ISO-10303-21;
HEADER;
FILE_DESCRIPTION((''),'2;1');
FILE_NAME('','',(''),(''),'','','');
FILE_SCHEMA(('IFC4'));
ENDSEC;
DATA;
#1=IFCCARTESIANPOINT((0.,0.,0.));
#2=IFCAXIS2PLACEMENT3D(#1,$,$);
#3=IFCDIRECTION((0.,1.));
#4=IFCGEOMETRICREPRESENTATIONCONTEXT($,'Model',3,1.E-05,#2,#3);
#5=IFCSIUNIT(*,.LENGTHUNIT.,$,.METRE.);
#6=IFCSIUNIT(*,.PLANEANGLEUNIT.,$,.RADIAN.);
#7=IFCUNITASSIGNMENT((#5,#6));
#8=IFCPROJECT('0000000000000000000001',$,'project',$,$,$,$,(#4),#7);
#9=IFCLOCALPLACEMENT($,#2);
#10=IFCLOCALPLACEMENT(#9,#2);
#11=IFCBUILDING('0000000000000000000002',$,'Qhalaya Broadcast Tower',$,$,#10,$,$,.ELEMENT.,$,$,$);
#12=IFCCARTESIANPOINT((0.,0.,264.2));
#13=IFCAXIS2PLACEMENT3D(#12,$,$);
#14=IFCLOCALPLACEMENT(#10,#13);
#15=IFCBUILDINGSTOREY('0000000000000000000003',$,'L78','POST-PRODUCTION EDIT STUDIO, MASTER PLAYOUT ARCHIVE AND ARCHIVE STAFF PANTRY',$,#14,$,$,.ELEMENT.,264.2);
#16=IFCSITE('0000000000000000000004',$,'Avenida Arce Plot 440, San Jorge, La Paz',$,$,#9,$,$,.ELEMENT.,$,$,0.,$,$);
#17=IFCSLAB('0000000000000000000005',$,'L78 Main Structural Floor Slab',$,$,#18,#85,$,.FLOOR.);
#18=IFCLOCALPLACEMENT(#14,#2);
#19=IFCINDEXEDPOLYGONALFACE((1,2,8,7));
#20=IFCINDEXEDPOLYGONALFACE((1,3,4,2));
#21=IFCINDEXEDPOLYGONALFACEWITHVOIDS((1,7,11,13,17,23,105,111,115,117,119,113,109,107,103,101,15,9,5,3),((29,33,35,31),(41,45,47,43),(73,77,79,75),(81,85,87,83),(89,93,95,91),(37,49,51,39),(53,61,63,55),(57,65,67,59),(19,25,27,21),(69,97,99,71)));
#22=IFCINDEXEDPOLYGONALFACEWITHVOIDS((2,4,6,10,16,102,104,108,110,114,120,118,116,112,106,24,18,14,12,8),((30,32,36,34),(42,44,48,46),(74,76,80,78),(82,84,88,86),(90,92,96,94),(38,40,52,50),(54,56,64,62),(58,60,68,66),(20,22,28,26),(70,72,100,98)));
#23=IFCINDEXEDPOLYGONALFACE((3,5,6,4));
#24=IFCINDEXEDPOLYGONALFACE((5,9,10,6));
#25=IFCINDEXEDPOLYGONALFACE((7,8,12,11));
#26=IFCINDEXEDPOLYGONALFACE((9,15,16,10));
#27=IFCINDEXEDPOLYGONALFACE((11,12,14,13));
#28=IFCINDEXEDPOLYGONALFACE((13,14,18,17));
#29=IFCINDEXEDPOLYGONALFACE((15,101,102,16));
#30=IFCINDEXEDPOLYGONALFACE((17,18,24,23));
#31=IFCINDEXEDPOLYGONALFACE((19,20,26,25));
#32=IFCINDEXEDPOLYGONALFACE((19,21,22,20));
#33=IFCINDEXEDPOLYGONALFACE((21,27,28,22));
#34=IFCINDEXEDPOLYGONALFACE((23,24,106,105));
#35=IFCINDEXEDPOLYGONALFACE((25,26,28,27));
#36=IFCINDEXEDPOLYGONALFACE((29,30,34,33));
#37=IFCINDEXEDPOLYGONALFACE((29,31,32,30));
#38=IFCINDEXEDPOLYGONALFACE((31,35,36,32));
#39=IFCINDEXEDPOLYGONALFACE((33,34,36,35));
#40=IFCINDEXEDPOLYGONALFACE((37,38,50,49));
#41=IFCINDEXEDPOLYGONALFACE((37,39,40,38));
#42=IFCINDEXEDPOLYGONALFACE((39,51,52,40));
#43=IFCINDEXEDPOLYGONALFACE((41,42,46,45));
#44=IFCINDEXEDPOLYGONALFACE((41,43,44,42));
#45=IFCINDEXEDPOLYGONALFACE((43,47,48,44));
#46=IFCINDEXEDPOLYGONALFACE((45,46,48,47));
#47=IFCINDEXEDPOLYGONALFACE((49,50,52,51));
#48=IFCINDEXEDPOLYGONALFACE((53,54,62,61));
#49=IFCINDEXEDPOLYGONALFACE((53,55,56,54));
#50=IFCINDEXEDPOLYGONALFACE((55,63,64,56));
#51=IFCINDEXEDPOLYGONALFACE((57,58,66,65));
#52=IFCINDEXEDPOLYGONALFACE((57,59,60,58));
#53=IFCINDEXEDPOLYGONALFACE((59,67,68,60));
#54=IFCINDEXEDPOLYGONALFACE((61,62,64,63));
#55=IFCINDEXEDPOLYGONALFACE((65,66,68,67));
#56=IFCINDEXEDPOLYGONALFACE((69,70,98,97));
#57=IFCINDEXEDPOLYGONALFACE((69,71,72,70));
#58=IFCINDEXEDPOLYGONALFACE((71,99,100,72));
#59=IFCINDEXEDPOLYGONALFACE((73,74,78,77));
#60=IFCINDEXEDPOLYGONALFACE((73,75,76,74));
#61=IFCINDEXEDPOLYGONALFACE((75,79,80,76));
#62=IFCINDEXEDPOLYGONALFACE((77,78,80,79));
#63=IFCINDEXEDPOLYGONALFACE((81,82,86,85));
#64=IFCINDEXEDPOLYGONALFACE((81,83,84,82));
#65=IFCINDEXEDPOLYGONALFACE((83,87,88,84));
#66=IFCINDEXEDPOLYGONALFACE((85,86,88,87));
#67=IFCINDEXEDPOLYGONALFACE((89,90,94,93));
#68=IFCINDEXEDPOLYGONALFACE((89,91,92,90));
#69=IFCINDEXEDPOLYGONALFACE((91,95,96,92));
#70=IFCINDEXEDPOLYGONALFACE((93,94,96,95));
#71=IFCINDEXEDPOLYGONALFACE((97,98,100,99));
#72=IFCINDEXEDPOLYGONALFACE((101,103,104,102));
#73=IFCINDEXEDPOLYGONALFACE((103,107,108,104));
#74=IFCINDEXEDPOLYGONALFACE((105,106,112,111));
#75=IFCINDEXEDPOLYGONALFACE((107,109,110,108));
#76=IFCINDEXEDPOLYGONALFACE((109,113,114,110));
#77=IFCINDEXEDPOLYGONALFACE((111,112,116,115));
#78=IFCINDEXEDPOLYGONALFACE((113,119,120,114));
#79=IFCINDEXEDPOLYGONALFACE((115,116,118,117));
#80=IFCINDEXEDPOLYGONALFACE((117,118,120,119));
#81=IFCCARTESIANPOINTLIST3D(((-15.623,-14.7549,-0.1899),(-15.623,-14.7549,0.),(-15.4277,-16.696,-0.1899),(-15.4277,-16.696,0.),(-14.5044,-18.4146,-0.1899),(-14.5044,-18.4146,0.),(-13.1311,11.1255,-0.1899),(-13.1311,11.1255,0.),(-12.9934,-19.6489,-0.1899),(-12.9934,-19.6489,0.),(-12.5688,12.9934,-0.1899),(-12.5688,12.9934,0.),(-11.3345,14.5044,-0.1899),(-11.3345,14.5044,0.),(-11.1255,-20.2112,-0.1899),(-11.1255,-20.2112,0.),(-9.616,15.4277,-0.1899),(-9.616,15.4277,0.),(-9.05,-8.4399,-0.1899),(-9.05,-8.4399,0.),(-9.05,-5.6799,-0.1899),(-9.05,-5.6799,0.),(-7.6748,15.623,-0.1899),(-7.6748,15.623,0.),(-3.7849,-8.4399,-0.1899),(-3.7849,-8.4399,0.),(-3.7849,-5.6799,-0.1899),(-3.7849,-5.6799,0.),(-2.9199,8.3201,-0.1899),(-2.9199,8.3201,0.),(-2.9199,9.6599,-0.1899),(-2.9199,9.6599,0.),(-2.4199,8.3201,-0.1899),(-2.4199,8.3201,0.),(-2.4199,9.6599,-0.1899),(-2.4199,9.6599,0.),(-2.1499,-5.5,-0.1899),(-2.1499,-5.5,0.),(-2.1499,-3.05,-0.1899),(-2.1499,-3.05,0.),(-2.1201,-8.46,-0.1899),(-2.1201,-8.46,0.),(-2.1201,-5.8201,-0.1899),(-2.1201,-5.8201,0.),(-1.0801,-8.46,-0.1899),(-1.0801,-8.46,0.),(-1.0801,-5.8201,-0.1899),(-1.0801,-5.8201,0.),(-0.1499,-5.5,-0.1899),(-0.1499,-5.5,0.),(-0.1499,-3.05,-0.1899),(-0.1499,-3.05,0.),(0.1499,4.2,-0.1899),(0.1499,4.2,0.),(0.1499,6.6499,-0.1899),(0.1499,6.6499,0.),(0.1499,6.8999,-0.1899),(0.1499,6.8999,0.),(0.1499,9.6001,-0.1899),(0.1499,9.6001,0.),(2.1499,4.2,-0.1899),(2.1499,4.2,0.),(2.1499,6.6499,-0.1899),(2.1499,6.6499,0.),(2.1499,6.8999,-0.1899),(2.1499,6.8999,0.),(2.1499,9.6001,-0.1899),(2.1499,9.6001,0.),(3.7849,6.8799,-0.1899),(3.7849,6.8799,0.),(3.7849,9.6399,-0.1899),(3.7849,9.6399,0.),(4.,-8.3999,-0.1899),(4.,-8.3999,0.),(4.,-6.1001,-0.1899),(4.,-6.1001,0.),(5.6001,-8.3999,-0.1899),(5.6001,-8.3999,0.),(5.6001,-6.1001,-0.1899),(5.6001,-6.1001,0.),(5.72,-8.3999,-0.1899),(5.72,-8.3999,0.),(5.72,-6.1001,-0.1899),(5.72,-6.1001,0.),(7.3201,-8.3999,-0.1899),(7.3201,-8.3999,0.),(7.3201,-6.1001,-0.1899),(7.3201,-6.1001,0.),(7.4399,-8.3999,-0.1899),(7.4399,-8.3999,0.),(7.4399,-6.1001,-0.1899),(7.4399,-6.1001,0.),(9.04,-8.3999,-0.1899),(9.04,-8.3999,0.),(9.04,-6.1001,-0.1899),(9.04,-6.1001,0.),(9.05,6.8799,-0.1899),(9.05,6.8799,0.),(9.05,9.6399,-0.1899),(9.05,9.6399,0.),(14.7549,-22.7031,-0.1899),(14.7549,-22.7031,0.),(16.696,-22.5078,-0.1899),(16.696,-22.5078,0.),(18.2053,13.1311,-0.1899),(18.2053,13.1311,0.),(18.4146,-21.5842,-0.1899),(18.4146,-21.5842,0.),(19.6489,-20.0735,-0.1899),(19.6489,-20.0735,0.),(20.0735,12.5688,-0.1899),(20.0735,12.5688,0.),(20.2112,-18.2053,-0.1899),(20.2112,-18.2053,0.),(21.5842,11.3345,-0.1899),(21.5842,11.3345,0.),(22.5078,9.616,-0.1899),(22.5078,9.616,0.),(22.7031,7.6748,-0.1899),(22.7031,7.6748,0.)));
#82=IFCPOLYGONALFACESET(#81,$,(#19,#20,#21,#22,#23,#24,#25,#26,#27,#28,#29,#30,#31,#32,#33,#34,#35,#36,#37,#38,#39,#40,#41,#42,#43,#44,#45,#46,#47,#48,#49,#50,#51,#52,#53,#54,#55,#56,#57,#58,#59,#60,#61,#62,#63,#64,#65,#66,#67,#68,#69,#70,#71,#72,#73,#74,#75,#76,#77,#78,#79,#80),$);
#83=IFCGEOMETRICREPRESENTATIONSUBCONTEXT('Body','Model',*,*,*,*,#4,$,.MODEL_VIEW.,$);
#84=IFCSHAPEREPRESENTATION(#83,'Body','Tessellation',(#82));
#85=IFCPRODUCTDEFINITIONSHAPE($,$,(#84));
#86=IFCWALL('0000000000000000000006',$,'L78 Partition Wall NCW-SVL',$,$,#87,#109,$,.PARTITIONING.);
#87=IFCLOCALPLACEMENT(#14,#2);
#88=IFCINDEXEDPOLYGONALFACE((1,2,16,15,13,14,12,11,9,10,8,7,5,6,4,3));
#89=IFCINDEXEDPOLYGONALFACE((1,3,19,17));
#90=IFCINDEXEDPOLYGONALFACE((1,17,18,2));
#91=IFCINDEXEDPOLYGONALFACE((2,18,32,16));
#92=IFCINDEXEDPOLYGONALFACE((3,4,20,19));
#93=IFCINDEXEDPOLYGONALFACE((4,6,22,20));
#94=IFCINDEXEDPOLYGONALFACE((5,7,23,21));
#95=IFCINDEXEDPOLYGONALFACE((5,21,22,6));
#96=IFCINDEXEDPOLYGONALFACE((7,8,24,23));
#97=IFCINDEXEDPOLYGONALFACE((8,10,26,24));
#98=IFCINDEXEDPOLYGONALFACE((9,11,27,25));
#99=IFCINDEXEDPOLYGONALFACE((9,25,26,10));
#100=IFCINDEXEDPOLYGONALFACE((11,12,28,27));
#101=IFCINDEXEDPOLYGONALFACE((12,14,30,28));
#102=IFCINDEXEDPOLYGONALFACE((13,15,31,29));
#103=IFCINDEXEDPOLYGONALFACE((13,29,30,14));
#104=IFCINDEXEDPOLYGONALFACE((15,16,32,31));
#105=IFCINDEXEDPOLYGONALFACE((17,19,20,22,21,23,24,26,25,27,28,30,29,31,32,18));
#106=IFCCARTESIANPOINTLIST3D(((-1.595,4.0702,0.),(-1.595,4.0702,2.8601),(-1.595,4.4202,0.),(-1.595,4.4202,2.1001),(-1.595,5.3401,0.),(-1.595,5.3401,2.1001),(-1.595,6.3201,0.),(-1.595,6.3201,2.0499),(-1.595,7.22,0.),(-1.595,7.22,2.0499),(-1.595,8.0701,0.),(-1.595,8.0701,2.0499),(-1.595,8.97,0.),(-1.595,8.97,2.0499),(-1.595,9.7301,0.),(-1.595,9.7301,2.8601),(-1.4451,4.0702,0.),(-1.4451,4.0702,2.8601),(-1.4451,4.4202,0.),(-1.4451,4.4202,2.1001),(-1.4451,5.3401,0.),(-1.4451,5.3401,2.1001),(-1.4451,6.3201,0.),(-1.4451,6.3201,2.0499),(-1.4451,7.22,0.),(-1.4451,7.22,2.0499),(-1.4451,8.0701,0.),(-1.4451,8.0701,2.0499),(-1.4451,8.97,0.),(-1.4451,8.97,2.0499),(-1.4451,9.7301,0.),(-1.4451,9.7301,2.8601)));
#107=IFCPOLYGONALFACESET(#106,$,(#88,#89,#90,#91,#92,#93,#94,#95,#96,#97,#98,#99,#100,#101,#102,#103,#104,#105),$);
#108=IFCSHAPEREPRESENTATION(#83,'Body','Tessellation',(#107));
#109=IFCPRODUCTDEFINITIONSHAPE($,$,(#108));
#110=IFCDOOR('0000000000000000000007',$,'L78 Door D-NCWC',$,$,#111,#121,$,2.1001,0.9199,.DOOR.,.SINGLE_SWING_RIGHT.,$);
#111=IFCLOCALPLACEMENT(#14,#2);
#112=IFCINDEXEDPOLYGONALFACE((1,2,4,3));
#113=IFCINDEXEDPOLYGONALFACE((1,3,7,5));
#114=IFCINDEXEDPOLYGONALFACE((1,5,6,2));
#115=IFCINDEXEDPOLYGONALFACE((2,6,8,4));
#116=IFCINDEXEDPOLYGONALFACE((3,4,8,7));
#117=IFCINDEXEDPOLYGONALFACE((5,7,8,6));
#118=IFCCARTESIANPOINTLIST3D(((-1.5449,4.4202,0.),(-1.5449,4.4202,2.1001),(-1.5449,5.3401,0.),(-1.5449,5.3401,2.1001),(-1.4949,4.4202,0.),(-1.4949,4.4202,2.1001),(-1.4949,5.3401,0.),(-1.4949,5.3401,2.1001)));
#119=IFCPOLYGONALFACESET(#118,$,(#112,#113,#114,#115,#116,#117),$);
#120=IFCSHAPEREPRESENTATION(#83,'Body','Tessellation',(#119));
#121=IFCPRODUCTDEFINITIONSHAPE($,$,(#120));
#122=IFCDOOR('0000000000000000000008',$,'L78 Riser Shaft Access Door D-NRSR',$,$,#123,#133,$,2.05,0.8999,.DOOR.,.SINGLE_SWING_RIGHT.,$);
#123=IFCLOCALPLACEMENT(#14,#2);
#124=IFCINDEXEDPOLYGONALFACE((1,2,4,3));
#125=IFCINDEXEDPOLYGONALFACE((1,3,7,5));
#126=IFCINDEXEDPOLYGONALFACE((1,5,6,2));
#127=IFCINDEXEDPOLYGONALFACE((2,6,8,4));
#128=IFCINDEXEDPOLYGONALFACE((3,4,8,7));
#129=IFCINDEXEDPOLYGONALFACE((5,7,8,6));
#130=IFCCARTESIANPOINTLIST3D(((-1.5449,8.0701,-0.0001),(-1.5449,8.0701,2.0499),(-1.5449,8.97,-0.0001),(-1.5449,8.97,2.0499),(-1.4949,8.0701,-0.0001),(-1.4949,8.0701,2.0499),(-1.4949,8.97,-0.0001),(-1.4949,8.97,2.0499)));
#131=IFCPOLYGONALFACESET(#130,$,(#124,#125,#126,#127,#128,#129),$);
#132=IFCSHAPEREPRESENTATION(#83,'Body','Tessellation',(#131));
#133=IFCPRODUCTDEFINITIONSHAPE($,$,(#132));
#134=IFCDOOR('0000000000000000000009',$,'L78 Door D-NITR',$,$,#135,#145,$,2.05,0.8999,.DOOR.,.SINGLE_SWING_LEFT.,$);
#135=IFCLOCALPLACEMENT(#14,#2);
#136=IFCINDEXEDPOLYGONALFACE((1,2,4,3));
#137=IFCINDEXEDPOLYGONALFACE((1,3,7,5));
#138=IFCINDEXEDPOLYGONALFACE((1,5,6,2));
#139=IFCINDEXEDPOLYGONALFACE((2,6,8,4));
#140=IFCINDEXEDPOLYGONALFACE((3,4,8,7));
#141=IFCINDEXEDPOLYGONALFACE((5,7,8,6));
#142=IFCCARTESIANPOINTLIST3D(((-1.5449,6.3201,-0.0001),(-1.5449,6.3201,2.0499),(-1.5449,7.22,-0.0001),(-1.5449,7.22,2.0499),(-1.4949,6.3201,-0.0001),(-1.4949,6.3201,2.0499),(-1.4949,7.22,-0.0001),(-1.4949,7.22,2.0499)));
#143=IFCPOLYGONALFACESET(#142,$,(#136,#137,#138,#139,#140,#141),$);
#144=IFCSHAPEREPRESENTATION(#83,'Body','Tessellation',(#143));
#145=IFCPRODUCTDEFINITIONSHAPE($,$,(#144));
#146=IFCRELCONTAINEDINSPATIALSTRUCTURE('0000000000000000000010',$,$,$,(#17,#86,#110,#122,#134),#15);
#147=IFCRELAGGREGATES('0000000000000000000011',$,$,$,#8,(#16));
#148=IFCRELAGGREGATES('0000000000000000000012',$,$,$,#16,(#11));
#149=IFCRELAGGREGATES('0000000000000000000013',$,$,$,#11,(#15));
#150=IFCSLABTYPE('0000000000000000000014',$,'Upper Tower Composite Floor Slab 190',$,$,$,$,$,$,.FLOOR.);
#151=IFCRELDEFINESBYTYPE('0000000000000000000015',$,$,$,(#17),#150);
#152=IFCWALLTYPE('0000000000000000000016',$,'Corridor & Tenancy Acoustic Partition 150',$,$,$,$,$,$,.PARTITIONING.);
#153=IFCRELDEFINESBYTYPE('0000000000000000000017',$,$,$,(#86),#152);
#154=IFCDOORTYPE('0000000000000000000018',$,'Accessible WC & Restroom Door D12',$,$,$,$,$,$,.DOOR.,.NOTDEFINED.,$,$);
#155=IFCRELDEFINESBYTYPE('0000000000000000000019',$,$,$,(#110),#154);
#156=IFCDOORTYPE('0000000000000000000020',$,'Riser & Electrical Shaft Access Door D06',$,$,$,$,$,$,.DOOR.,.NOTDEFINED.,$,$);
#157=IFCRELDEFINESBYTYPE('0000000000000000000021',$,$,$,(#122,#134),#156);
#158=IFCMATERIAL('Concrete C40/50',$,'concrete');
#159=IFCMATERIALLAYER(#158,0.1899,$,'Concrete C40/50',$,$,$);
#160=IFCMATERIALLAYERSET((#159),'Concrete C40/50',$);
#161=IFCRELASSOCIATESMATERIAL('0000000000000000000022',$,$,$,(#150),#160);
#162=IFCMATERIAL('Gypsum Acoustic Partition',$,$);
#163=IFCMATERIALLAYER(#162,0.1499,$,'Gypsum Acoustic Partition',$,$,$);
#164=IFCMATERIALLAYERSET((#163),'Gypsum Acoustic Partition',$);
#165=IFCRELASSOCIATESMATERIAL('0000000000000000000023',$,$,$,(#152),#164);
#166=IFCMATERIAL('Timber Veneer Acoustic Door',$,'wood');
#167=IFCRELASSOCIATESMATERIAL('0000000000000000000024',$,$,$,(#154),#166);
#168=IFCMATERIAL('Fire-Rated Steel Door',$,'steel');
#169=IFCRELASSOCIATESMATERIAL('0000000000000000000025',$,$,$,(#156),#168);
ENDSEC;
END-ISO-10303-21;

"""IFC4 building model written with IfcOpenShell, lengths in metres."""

from ifc_helpers import new_model, si_unit, direction, frame, frame_2d, origin, place, context, subcontext, project, spatial, polyline, rectangle, outline, extrude, material, layer, layer_set, type_object, element, fill, save


model = new_model("IFC4")

# Units and contexts
model_context = context("Model", 3, precision=1e-05, world=origin(), true_north=direction((0.0, 1.0)))
body_context = subcontext(model_context, "Body", "Model", "MODEL_VIEW")
ifc_project = project(units=[si_unit("LENGTHUNIT", "METRE"), si_unit("PLANEANGLEUNIT", "RADIAN")], contexts=[model_context])

# Site, building, storey
site_placement = place(None, origin())
site = spatial("IfcSite", under=ifc_project, at=site_placement, Name="Avenida Arce Plot 440, San Jorge, La Paz", CompositionType="ELEMENT", RefElevation=0.0)
building_placement = place(site_placement, origin())
building = spatial("IfcBuilding", under=site, at=building_placement, Name="Qhalaya Broadcast Tower", CompositionType="ELEMENT")
storey_placement = place(building_placement, frame((0.0, 0.0, 264.2)))
storey = spatial("IfcBuildingStorey", under=building, at=storey_placement, Name="L78", Description="POST-PRODUCTION EDIT STUDIO, MASTER PLAYOUT ARCHIVE AND ARCHIVE STAFF PANTRY", CompositionType="ELEMENT", Elevation=264.2)

# Shared definitions
ifc_material_1 = material(Name="Concrete C40/50", Category="concrete")

# Slab
ifc_layer_1 = layer(ifc_material_1, 0.1899, Name="Concrete C40/50")
ifc_layer_set_1 = layer_set([ifc_layer_1], Name="Concrete C40/50")
slab_type_1 = type_object("IfcSlabType", Name="Upper Tower Composite Floor Slab 190", PredefinedType="FLOOR", material=ifc_layer_set_1)
slab_1_placement = place(storey_placement, frame((0.0, 0.0, -0.1899)))
element("IfcSlab", 1, at=slab_1_placement, inside=storey, type_object=slab_type_1, Name="L78 Main Structural Floor Slab", PredefinedType="FLOOR", context=body_context, shape_type="SweptSolid", body=[
    extrude(outline(polyline([(14.7549, -22.7031), (16.696, -22.5078), (18.4146, -21.5842), (19.6489, -20.0735), (20.2112, -18.2053), (22.7031, 7.6748), (22.5078, 9.616), (21.5842, 11.3345), (20.0735, 12.5688), (18.2053, 13.1311), (-7.6748, 15.623), (-9.616, 15.4277), (-11.3345, 14.5044), (-12.5688, 12.9934), (-13.1311, 11.1255), (-15.623, -14.7549), (-15.4277, -16.696), (-14.5044, -18.4146), (-12.9934, -19.6489), (-11.1255, -20.2112), (14.7549, -22.7031)]), holes=[polyline([(3.7849, 9.6399), (9.05, 9.6399), (9.05, 6.8799), (3.7849, 6.8799), (3.7849, 9.6399)]), polyline([(-3.7849, -8.4399), (-9.05, -8.4399), (-9.05, -5.6799), (-3.7849, -5.6799), (-3.7849, -8.4399)]), polyline([(0.1499, 6.6499), (2.1499, 6.6499), (2.1499, 4.2), (0.1499, 4.2), (0.1499, 6.6499)]), polyline([(0.1499, 9.6001), (2.1499, 9.6001), (2.1499, 6.8999), (0.1499, 6.8999), (0.1499, 9.6001)]), polyline([(-2.1499, -3.05), (-0.1499, -3.05), (-0.1499, -5.5), (-2.1499, -5.5), (-2.1499, -3.05)]), polyline([(4.0, -6.1001), (5.6001, -6.1001), (5.6001, -8.3999), (4.0, -8.3999), (4.0, -6.1001)]), polyline([(5.72, -6.1001), (7.3201, -6.1001), (7.3201, -8.3999), (5.72, -8.3999), (5.72, -6.1001)]), polyline([(7.4399, -6.1001), (9.04, -6.1001), (9.04, -8.3999), (7.4399, -8.3999), (7.4399, -6.1001)]), polyline([(-2.9199, 9.6599), (-2.4199, 9.6599), (-2.4199, 8.3201), (-2.9199, 8.3201), (-2.9199, 9.6599)]), polyline([(-2.1201, -5.8201), (-1.0801, -5.8201), (-1.0801, -8.46), (-2.1201, -8.46), (-2.1201, -5.8201)])]), origin(), (0.0, 0.0, 1.0), 0.1899),
])

# Wall, openings, doors
ifc_material_2 = material(Name="Gypsum Acoustic Partition")
ifc_layer_2 = layer(ifc_material_2, 0.1499, Name="Gypsum Acoustic Partition")
ifc_layer_set_2 = layer_set([ifc_layer_2], Name="Gypsum Acoustic Partition")
wall_type_1 = type_object("IfcWallType", Name="Corridor & Tenancy Acoustic Partition 150", PredefinedType="PARTITIONING", material=ifc_layer_set_2)
wall_1_placement = place(storey_placement, frame((-1.52, 4.0701, 0.0), z_axis=(0.0, 0.0, 1.0), x_axis=(0.0, 1.0, 0.0)))
wall_1 = element("IfcWall", 2, at=wall_1_placement, inside=storey, type_object=wall_type_1, Name="L78 Partition Wall NCW-SVL", PredefinedType="PARTITIONING", context=body_context, shape_type="SweptSolid", body=[
    extrude(rectangle(XDim=5.6599, YDim=0.1499, at=frame_2d((2.8301, 0.0))), origin(), (0.0, 0.0, 1.0), 2.8601),
])
opening_1_placement = place(wall_1_placement, frame((4.0, 0.0, 0.0)))
opening_1 = element("IfcOpeningElement", 3, at=opening_1_placement, cuts=wall_1, PredefinedType="OPENING", context=body_context, shape_type="SweptSolid", body=[
    extrude(rectangle(XDim=0.8999, YDim=2.05, at=frame_2d((0.45, 1.0249))), frame((0.0, 0.0869, 0.0), z_axis=(0.0, -1.0, 0.0), x_axis=(1.0, 0.0, 0.0)), (0.0, 0.0, 1.0), 0.1738),
])
opening_2_placement = place(wall_1_placement, frame((2.25, 0.0, 0.0)))
opening_2 = element("IfcOpeningElement", 4, at=opening_2_placement, cuts=wall_1, PredefinedType="OPENING", context=body_context, shape_type="SweptSolid", body=[
    extrude(rectangle(XDim=0.8999, YDim=2.05, at=frame_2d((0.45, 1.0249))), frame((0.0, 0.0869, 0.0), z_axis=(0.0, -1.0, 0.0), x_axis=(1.0, 0.0, 0.0)), (0.0, 0.0, 1.0), 0.1738),
])
opening_3_placement = place(wall_1_placement, frame((0.3501, 0.0, 0.0)))
opening_3 = element("IfcOpeningElement", 5, at=opening_3_placement, cuts=wall_1, PredefinedType="OPENING", context=body_context, shape_type="SweptSolid", body=[
    extrude(rectangle(XDim=0.9199, YDim=2.1001, at=frame_2d((0.46, 1.05))), frame((0.0, 0.0869, 0.0), z_axis=(0.0, -1.0, 0.0), x_axis=(1.0, 0.0, 0.0)), (0.0, 0.0, 1.0), 0.1738),
])
ifc_material_3 = material(Name="Timber Veneer Acoustic Door", Category="wood")
door_type_1 = type_object("IfcDoorType", Name="Accessible WC & Restroom Door D12", OperationType="NOTDEFINED", PredefinedType="DOOR", material=ifc_material_3)
door_1_placement = place(opening_3_placement, origin())
door_1 = element("IfcDoor", 6, at=door_1_placement, inside=storey, type_object=door_type_1, Name="L78 Door D-NCWC", OperationType="SINGLE_SWING_RIGHT", OverallHeight=2.1001, OverallWidth=0.9199, PredefinedType="DOOR", context=body_context, shape_type="SweptSolid", body=[
    extrude(rectangle(XDim=0.9199, YDim=2.1001, at=frame_2d((0.46, 1.05))), frame((0.0, 0.0249, 0.0), z_axis=(0.0, -1.0, 0.0), x_axis=(1.0, 0.0, 0.0)), (0.0, 0.0, 1.0), 0.05),
])
fill(opening_3, door_1)
ifc_material_4 = material(Name="Fire-Rated Steel Door", Category="steel")
door_type_2 = type_object("IfcDoorType", Name="Riser & Electrical Shaft Access Door D06", OperationType="NOTDEFINED", PredefinedType="DOOR", material=ifc_material_4)
door_2_placement = place(opening_1_placement, origin())
door_2 = element("IfcDoor", 7, at=door_2_placement, inside=storey, type_object=door_type_2, Name="L78 Riser Shaft Access Door D-NRSR", OperationType="SINGLE_SWING_RIGHT", OverallHeight=2.05, OverallWidth=0.8999, PredefinedType="DOOR", context=body_context, shape_type="SweptSolid", body=[
    extrude(rectangle(XDim=0.8999, YDim=2.05, at=frame_2d((0.45, 1.0249))), frame((0.0, 0.0249, 0.0), z_axis=(0.0, -1.0, 0.0), x_axis=(1.0, 0.0, 0.0)), (0.0, 0.0, 1.0), 0.05),
])
fill(opening_1, door_2)
door_3_placement = place(opening_2_placement, origin())
door_3 = element("IfcDoor", 8, at=door_3_placement, inside=storey, type_object=door_type_2, Name="L78 Door D-NITR", OperationType="SINGLE_SWING_LEFT", OverallHeight=2.05, OverallWidth=0.8999, PredefinedType="DOOR", context=body_context, shape_type="SweptSolid", body=[
    extrude(rectangle(XDim=0.8999, YDim=2.05, at=frame_2d((0.45, 1.0249))), frame((0.0, 0.0249, 0.0), z_axis=(0.0, -1.0, 0.0), x_axis=(1.0, 0.0, 0.0)), (0.0, 0.0, 1.0), 0.05),
])
fill(opening_2, door_3)

save(model, "model.ifc")
